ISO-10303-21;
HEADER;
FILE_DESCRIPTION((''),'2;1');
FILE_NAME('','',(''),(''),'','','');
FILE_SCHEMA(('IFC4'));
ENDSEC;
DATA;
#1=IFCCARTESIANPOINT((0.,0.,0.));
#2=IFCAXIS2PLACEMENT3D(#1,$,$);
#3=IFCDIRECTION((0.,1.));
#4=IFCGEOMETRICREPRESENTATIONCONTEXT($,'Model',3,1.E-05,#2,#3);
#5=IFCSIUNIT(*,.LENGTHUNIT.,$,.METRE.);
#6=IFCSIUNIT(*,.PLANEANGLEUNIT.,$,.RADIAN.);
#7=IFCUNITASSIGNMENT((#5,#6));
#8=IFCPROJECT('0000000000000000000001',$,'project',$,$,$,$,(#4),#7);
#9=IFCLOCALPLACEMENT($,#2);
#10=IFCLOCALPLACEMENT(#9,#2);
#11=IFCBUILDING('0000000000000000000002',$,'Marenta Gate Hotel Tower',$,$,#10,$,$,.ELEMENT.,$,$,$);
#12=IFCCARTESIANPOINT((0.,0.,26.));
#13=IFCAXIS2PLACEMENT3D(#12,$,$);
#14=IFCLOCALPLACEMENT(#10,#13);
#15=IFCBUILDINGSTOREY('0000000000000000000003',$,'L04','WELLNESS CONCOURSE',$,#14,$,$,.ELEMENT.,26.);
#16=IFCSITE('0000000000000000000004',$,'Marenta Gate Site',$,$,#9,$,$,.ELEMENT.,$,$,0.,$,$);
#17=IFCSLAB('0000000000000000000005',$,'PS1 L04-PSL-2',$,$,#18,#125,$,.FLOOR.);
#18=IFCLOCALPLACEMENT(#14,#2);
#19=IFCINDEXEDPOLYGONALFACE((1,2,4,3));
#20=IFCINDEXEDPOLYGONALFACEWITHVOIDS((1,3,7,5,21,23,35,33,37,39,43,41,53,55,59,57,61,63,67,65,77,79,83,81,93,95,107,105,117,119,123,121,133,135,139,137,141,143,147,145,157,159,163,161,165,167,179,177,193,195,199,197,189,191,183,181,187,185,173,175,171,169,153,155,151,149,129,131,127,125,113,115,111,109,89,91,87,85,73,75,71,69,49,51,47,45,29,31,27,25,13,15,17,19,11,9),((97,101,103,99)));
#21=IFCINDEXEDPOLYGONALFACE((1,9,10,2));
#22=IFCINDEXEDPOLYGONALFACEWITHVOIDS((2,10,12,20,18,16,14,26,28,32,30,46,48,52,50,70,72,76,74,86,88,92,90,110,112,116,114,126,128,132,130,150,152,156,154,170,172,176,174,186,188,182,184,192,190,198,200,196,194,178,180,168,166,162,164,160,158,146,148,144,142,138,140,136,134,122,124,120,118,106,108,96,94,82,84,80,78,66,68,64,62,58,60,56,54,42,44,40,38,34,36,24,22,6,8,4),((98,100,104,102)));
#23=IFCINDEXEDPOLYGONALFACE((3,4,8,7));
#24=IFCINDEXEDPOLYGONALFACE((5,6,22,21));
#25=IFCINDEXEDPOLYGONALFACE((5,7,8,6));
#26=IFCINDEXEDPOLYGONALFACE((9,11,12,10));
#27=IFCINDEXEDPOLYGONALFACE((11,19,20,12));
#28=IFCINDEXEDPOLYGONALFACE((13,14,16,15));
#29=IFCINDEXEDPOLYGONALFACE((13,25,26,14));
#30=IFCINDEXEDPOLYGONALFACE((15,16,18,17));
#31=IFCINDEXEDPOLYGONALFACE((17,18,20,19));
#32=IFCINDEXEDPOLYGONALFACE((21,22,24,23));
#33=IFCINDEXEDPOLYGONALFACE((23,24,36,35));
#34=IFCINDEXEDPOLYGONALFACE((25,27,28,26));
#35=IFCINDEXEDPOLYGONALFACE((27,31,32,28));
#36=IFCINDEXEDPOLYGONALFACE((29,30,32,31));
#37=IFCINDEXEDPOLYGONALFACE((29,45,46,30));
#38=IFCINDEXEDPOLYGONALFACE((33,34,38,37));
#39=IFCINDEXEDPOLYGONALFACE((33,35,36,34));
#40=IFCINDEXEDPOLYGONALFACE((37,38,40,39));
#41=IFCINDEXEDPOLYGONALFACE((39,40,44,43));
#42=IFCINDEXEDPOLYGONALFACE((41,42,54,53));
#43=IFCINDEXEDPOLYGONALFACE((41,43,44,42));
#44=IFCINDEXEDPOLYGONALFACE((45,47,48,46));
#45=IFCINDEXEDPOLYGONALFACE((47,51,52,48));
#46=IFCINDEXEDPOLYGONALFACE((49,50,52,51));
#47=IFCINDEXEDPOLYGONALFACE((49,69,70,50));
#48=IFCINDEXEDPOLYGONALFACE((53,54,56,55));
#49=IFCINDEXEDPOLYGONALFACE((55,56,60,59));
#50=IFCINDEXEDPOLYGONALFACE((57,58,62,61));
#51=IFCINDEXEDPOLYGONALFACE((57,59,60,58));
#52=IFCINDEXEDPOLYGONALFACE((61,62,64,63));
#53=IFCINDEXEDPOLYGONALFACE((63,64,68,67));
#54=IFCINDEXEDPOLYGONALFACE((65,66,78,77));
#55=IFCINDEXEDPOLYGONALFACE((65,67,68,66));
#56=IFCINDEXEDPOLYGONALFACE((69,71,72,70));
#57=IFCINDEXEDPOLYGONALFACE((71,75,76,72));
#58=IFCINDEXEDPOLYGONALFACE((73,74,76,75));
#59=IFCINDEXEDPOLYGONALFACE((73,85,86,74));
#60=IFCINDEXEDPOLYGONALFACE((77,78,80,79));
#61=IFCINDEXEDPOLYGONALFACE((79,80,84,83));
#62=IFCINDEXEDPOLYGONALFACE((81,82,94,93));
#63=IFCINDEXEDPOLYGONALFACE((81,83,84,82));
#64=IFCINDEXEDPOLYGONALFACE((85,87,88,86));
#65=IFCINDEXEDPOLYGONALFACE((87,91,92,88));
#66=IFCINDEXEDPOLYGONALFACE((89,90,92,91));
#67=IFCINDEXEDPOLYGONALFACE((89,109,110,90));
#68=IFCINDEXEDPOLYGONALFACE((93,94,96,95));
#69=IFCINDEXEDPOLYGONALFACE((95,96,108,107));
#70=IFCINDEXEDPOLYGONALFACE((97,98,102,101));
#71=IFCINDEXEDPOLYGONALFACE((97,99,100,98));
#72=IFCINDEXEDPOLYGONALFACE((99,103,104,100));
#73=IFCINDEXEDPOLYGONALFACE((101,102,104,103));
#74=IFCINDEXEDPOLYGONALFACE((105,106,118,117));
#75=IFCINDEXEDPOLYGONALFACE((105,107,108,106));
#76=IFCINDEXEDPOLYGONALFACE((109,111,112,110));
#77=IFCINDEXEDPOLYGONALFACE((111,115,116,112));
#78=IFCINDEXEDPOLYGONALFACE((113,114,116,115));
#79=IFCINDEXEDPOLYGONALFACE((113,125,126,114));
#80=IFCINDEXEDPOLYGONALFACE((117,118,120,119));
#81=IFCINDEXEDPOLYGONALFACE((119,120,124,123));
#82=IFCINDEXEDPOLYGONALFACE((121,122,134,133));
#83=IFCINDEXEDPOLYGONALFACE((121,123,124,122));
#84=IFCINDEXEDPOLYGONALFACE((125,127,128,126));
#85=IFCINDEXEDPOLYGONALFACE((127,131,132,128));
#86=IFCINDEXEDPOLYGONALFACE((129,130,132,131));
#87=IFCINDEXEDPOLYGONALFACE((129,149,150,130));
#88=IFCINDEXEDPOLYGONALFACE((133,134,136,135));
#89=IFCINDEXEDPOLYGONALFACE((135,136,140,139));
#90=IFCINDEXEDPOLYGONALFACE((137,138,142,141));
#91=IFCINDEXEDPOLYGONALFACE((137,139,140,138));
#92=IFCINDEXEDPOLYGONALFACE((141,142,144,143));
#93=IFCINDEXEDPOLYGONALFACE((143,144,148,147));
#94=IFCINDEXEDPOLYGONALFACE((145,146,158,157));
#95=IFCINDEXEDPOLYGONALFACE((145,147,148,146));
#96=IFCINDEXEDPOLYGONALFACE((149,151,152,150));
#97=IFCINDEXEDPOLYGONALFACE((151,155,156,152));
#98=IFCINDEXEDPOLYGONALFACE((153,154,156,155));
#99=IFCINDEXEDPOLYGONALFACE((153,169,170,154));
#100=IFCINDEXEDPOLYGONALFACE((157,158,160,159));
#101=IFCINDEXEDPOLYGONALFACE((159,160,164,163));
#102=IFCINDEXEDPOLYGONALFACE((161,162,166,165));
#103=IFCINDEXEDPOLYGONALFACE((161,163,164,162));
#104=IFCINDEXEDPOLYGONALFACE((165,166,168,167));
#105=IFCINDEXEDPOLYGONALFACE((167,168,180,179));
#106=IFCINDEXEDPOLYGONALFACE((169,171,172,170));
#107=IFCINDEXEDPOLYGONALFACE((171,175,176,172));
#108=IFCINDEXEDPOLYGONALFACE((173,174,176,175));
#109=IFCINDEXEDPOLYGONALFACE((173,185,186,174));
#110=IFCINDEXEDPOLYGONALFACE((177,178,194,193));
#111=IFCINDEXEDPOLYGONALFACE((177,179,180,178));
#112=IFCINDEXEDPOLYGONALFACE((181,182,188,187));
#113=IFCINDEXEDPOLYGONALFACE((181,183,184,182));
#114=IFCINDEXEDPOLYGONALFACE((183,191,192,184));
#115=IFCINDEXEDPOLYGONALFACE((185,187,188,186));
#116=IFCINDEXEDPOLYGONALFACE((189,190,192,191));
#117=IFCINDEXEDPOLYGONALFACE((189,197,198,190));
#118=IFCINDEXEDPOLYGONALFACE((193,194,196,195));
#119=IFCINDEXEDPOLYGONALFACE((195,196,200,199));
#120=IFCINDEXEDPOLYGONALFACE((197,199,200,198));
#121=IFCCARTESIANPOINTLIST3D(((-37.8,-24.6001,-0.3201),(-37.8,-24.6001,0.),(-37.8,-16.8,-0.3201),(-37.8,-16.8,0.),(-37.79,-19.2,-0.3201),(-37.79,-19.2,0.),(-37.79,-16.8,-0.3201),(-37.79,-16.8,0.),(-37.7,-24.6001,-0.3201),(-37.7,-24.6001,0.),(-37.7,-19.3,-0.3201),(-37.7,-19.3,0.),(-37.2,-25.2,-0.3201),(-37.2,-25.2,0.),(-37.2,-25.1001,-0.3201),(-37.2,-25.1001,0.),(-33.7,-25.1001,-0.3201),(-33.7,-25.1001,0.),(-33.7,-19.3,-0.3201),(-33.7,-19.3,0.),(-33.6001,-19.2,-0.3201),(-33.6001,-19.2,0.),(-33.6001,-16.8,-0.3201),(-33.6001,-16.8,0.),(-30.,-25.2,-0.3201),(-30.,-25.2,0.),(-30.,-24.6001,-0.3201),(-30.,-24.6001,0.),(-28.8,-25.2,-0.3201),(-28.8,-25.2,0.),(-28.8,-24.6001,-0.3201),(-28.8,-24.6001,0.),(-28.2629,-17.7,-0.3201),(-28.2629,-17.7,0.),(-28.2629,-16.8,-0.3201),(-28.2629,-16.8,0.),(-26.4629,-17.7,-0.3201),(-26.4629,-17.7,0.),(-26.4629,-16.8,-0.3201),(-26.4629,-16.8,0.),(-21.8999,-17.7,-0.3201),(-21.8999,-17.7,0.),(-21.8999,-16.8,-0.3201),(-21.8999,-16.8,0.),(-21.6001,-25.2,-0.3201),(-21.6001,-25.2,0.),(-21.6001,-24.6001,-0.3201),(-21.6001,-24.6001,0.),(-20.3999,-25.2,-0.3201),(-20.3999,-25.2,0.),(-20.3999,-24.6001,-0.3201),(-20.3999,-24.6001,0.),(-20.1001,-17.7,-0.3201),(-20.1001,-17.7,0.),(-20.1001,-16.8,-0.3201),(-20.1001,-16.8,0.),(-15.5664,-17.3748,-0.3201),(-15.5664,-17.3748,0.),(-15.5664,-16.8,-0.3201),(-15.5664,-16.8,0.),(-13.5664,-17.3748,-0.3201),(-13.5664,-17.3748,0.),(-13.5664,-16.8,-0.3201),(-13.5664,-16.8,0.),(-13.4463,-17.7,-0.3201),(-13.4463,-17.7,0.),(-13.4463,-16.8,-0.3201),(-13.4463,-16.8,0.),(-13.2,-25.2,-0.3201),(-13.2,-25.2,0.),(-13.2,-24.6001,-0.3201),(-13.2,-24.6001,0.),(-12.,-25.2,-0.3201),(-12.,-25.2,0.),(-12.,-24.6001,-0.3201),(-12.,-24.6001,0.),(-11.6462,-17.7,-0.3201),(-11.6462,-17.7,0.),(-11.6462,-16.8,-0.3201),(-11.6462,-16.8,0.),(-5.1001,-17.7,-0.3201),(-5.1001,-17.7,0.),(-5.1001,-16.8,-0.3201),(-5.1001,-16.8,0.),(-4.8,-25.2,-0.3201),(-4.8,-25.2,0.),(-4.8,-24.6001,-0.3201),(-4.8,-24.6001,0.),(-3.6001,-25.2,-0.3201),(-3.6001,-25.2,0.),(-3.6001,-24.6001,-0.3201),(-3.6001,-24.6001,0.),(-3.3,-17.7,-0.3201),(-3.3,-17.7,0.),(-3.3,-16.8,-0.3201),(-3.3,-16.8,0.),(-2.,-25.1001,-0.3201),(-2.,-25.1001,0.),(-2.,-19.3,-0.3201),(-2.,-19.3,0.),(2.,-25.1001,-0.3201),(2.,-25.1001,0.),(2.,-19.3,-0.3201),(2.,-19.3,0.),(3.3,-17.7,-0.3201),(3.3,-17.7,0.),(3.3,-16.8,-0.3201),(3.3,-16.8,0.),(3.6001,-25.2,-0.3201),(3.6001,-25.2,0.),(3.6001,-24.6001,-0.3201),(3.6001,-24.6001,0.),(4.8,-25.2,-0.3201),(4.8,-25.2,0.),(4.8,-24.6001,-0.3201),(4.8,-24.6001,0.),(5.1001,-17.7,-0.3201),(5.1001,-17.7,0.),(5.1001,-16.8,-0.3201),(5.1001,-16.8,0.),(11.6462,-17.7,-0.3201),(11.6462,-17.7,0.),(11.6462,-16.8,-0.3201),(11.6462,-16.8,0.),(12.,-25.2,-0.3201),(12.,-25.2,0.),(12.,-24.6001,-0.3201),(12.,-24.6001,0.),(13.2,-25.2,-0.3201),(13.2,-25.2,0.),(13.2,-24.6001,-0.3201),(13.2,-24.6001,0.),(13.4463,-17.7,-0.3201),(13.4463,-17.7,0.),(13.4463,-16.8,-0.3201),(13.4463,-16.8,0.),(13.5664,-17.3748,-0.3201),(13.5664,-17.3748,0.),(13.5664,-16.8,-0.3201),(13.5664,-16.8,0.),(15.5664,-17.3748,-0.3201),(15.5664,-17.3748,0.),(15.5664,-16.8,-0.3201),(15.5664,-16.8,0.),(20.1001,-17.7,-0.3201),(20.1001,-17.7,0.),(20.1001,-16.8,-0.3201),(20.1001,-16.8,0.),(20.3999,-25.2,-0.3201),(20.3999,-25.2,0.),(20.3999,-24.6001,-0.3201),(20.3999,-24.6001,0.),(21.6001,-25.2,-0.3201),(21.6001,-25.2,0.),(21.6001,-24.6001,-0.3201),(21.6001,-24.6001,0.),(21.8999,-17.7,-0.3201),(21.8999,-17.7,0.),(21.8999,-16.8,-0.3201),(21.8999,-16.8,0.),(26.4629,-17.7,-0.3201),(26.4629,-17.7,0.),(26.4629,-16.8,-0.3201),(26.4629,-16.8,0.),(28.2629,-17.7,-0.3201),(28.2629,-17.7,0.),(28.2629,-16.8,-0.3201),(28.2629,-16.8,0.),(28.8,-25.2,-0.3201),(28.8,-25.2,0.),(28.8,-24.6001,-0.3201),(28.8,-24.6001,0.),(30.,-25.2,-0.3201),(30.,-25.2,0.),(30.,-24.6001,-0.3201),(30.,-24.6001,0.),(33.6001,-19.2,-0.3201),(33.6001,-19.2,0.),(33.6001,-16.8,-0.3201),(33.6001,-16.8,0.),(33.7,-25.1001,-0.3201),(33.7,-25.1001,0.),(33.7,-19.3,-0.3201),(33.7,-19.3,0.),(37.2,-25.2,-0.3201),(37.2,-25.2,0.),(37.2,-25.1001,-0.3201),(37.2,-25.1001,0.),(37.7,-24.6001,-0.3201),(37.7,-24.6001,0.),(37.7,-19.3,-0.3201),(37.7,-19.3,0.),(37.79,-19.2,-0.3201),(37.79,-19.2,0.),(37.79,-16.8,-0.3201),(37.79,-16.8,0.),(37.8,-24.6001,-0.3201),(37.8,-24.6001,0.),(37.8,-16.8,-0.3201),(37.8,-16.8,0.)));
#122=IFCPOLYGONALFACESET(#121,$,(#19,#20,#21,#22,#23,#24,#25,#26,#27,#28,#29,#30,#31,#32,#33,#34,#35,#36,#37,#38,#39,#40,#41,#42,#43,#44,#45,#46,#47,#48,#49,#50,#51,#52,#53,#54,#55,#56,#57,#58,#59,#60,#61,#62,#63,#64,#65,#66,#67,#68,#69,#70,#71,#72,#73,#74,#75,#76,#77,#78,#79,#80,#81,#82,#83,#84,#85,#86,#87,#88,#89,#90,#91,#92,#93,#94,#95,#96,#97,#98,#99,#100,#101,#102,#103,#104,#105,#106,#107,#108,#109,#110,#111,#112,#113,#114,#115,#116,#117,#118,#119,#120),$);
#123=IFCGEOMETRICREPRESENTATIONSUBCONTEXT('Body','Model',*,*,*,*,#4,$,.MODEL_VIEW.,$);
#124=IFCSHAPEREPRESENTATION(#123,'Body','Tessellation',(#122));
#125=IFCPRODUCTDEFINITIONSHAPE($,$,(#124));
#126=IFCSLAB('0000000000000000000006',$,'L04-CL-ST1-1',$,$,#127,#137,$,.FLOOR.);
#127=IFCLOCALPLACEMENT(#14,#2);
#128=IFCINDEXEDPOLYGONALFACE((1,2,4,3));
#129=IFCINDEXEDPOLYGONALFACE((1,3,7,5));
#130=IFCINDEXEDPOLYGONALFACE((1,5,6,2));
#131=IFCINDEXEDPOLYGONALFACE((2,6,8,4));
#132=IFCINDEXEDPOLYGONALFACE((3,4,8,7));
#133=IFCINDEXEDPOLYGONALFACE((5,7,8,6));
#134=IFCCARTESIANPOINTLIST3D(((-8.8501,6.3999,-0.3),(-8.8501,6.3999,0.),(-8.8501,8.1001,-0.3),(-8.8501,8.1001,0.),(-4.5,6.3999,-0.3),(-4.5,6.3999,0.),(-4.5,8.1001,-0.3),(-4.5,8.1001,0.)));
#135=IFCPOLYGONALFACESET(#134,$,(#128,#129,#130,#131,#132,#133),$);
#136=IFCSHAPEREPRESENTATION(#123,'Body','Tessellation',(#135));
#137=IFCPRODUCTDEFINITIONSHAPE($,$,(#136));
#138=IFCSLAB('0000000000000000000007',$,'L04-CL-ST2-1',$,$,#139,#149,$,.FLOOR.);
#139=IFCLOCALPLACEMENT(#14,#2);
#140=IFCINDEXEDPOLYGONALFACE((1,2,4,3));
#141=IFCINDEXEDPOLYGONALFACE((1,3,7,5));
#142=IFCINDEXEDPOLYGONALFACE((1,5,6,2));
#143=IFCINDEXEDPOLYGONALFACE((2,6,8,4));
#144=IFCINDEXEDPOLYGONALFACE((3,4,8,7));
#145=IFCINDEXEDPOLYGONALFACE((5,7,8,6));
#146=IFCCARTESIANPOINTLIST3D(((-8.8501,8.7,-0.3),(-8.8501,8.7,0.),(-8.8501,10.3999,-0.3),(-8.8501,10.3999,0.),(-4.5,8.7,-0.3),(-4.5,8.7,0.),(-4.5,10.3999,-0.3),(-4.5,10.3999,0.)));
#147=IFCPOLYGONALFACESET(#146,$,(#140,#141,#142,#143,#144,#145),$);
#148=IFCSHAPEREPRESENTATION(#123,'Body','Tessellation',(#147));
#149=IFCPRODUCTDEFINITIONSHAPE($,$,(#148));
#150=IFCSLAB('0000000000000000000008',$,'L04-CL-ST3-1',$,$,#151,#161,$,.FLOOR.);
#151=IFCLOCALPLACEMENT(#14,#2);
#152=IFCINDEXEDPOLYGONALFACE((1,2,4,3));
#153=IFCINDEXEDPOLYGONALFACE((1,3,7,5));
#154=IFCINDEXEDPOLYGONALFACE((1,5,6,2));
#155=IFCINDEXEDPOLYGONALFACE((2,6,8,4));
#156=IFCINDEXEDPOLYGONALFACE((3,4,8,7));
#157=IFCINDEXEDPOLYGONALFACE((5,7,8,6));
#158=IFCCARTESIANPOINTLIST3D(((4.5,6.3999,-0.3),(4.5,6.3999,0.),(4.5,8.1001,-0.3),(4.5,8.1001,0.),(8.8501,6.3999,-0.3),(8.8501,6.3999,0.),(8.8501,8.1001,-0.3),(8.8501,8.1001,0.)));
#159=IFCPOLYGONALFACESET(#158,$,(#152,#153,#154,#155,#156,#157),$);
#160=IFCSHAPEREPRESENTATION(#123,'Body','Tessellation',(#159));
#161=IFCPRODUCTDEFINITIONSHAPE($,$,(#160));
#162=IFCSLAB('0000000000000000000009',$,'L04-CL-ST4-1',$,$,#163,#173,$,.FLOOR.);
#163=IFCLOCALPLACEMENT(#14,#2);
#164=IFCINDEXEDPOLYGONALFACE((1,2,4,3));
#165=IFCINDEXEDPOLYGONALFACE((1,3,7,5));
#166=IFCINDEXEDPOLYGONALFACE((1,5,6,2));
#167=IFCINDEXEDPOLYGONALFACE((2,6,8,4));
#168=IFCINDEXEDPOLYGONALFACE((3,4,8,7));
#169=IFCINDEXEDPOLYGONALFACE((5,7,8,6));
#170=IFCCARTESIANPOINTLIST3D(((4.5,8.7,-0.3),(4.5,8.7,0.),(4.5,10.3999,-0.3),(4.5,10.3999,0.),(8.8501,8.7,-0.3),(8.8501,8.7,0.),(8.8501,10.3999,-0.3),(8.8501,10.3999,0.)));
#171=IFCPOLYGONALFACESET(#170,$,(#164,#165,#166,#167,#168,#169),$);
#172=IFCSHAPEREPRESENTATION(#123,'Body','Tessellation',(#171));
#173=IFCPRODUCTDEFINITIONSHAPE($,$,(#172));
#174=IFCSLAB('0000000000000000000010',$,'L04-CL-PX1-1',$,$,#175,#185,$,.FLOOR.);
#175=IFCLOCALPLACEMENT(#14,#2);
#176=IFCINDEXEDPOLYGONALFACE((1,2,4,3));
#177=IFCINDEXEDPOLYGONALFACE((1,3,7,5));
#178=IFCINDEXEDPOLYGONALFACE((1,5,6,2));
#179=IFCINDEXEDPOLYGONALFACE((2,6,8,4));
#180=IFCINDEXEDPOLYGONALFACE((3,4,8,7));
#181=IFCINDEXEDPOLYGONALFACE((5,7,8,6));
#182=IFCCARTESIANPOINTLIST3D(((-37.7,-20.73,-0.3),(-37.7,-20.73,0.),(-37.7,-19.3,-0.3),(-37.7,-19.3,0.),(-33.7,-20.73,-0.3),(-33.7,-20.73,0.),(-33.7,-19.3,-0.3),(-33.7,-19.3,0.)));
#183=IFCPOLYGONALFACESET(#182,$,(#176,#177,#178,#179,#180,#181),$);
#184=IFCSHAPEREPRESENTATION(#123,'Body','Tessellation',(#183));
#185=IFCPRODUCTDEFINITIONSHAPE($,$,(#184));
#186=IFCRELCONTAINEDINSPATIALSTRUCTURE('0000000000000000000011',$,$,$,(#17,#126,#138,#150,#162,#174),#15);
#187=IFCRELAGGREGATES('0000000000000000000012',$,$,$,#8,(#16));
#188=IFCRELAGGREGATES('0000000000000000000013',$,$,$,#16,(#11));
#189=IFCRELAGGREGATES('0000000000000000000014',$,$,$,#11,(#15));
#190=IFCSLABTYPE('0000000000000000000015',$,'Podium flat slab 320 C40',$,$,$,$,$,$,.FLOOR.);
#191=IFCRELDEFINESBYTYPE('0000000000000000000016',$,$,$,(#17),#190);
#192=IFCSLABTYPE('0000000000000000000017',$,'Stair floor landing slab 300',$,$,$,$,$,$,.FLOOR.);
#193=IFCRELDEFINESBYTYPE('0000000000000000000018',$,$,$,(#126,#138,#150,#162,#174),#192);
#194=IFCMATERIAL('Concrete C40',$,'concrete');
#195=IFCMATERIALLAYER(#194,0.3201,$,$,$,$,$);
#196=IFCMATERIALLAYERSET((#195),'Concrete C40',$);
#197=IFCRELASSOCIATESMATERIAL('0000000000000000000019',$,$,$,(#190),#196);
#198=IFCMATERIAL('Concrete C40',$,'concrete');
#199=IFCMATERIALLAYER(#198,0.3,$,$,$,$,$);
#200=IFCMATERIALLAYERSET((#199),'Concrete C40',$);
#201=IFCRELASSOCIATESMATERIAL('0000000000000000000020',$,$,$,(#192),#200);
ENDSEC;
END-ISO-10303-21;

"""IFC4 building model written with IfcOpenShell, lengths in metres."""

from ifc_helpers import new_model, si_unit, direction, frame, origin, place, context, subcontext, project, spatial, polyline, outline, extrude, material, layer, layer_set, type_object, element, save


model = new_model("IFC4")

# Units and contexts
model_context = context("Model", 3, precision=1e-05, world=origin(), true_north=direction((0.0, 1.0)))
body_context = subcontext(model_context, "Body", "Model", "MODEL_VIEW")
ifc_project = project(units=[si_unit("LENGTHUNIT", "METRE"), si_unit("PLANEANGLEUNIT", "RADIAN")], contexts=[model_context])

# Site, building, storey
site_placement = place(None, origin())
site = spatial("IfcSite", under=ifc_project, at=site_placement, Name="Marenta Gate Site", CompositionType="ELEMENT", RefElevation=0.0)
building_placement = place(site_placement, origin())
building = spatial("IfcBuilding", under=site, at=building_placement, Name="Marenta Gate Hotel Tower", CompositionType="ELEMENT")
storey_placement = place(building_placement, frame((0.0, 0.0, 26.0)))
storey = spatial("IfcBuildingStorey", under=building, at=storey_placement, Name="L04", Description="WELLNESS CONCOURSE", CompositionType="ELEMENT", Elevation=26.0)

# Slabs
ifc_material_1 = material(Name="Concrete C40", Category="concrete")
ifc_layer_1 = layer(ifc_material_1, 0.3201)
ifc_layer_set_1 = layer_set([ifc_layer_1], Name="Concrete C40")
slab_type_1 = type_object("IfcSlabType", Name="Podium flat slab 320 C40", PredefinedType="FLOOR", material=ifc_layer_set_1)
slab_1_placement = place(storey_placement, frame((0.0, 0.0, -0.3201)))
element("IfcSlab", 1, at=slab_1_placement, inside=storey, type_object=slab_type_1, Name="PS1 L04-PSL-2", PredefinedType="FLOOR", context=body_context, shape_type="SweptSolid", body=[
    extrude(outline(polyline([(30.0, -25.2), (37.2, -25.2), (37.2, -25.1001), (33.7, -25.1001), (33.7, -19.3), (37.7, -19.3), (37.7, -24.6001), (37.8, -24.6001), (37.8, -16.8), (37.79, -16.8), (37.79, -19.2), (33.6001, -19.2), (33.6001, -16.8), (28.2629, -16.8), (28.2629, -17.7), (26.4629, -17.7), (26.4629, -16.8), (21.8999, -16.8), (21.8999, -17.7), (20.1001, -17.7), (20.1001, -16.8), (15.5664, -16.8), (15.5664, -17.3748), (13.5664, -17.3748), (13.5664, -16.8), (13.4463, -16.8), (13.4463, -17.7), (11.6462, -17.7), (11.6462, -16.8), (5.1001, -16.8), (5.1001, -17.7), (3.3, -17.7), (3.3, -16.8), (-3.3, -16.8), (-3.3, -17.7), (-5.1001, -17.7), (-5.1001, -16.8), (-11.6462, -16.8), (-11.6462, -17.7), (-13.4463, -17.7), (-13.4463, -16.8), (-13.5664, -16.8), (-13.5664, -17.3748), (-15.5664, -17.3748), (-15.5664, -16.8), (-20.1001, -16.8), (-20.1001, -17.7), (-21.8999, -17.7), (-21.8999, -16.8), (-26.4629, -16.8), (-26.4629, -17.7), (-28.2629, -17.7), (-28.2629, -16.8), (-33.6001, -16.8), (-33.6001, -19.2), (-37.79, -19.2), (-37.79, -16.8), (-37.8, -16.8), (-37.8, -24.6001), (-37.7, -24.6001), (-37.7, -19.3), (-33.7, -19.3), (-33.7, -25.1001), (-37.2, -25.1001), (-37.2, -25.2), (-30.0, -25.2), (-30.0, -24.6001), (-28.8, -24.6001), (-28.8, -25.2), (-21.6001, -25.2), (-21.6001, -24.6001), (-20.3999, -24.6001), (-20.3999, -25.2), (-13.2, -25.2), (-13.2, -24.6001), (-12.0, -24.6001), (-12.0, -25.2), (-4.8, -25.2), (-4.8, -24.6001), (-3.6001, -24.6001), (-3.6001, -25.2), (3.6001, -25.2), (3.6001, -24.6001), (4.8, -24.6001), (4.8, -25.2), (12.0, -25.2), (12.0, -24.6001), (13.2, -24.6001), (13.2, -25.2), (20.3999, -25.2), (20.3999, -24.6001), (21.6001, -24.6001), (21.6001, -25.2), (28.8, -25.2), (28.8, -24.6001), (30.0, -24.6001), (30.0, -25.2)]), holes=[polyline([(-2.0, -25.1001), (-2.0, -19.3), (2.0, -19.3), (2.0, -25.1001), (-2.0, -25.1001)])]), origin(), (0.0, 0.0, 1.0), 0.3201),
])
ifc_material_2 = material(Name="Concrete C40", Category="concrete")
ifc_layer_2 = layer(ifc_material_2, 0.3)
ifc_layer_set_2 = layer_set([ifc_layer_2], Name="Concrete C40")
slab_type_2 = type_object("IfcSlabType", Name="Stair floor landing slab 300", PredefinedType="FLOOR", material=ifc_layer_set_2)
slab_2_placement = place(storey_placement, frame((0.0, 0.0, -0.3)))
element("IfcSlab", 2, at=slab_2_placement, inside=storey, type_object=slab_type_2, Name="L04-CL-ST1-1", PredefinedType="FLOOR", context=body_context, shape_type="SweptSolid", body=[
    extrude(outline(polyline([(-4.5, 6.3999), (-8.8501, 6.3999), (-8.8501, 8.1001), (-4.5, 8.1001), (-4.5, 6.3999)])), origin(), (0.0, 0.0, 1.0), 0.3),
])
slab_3_placement = place(storey_placement, frame((0.0, 0.0, -0.3)))
element("IfcSlab", 3, at=slab_3_placement, inside=storey, type_object=slab_type_2, Name="L04-CL-ST2-1", PredefinedType="FLOOR", context=body_context, shape_type="SweptSolid", body=[
    extrude(outline(polyline([(-4.5, 8.7), (-8.8501, 8.7), (-8.8501, 10.3999), (-4.5, 10.3999), (-4.5, 8.7)])), origin(), (0.0, 0.0, 1.0), 0.3),
])
slab_4_placement = place(storey_placement, frame((0.0, 0.0, -0.3)))
element("IfcSlab", 4, at=slab_4_placement, inside=storey, type_object=slab_type_2, Name="L04-CL-ST3-1", PredefinedType="FLOOR", context=body_context, shape_type="SweptSolid", body=[
    extrude(outline(polyline([(4.5, 6.3999), (4.5, 8.1001), (8.8501, 8.1001), (8.8501, 6.3999), (4.5, 6.3999)])), origin(), (0.0, 0.0, 1.0), 0.3),
])
slab_5_placement = place(storey_placement, frame((0.0, 0.0, -0.3)))
element("IfcSlab", 5, at=slab_5_placement, inside=storey, type_object=slab_type_2, Name="L04-CL-ST4-1", PredefinedType="FLOOR", context=body_context, shape_type="SweptSolid", body=[
    extrude(outline(polyline([(4.5, 8.7), (4.5, 10.3999), (8.8501, 10.3999), (8.8501, 8.7), (4.5, 8.7)])), origin(), (0.0, 0.0, 1.0), 0.3),
])
slab_6_placement = place(storey_placement, frame((0.0, 0.0, -0.3)))
element("IfcSlab", 6, at=slab_6_placement, inside=storey, type_object=slab_type_2, Name="L04-CL-PX1-1", PredefinedType="FLOOR", context=body_context, shape_type="SweptSolid", body=[
    extrude(outline(polyline([(-33.7, -20.73), (-37.7, -20.73), (-37.7, -19.3), (-33.7, -19.3), (-33.7, -20.73)])), origin(), (0.0, 0.0, 1.0), 0.3),
])

save(model, "model.ifc")
